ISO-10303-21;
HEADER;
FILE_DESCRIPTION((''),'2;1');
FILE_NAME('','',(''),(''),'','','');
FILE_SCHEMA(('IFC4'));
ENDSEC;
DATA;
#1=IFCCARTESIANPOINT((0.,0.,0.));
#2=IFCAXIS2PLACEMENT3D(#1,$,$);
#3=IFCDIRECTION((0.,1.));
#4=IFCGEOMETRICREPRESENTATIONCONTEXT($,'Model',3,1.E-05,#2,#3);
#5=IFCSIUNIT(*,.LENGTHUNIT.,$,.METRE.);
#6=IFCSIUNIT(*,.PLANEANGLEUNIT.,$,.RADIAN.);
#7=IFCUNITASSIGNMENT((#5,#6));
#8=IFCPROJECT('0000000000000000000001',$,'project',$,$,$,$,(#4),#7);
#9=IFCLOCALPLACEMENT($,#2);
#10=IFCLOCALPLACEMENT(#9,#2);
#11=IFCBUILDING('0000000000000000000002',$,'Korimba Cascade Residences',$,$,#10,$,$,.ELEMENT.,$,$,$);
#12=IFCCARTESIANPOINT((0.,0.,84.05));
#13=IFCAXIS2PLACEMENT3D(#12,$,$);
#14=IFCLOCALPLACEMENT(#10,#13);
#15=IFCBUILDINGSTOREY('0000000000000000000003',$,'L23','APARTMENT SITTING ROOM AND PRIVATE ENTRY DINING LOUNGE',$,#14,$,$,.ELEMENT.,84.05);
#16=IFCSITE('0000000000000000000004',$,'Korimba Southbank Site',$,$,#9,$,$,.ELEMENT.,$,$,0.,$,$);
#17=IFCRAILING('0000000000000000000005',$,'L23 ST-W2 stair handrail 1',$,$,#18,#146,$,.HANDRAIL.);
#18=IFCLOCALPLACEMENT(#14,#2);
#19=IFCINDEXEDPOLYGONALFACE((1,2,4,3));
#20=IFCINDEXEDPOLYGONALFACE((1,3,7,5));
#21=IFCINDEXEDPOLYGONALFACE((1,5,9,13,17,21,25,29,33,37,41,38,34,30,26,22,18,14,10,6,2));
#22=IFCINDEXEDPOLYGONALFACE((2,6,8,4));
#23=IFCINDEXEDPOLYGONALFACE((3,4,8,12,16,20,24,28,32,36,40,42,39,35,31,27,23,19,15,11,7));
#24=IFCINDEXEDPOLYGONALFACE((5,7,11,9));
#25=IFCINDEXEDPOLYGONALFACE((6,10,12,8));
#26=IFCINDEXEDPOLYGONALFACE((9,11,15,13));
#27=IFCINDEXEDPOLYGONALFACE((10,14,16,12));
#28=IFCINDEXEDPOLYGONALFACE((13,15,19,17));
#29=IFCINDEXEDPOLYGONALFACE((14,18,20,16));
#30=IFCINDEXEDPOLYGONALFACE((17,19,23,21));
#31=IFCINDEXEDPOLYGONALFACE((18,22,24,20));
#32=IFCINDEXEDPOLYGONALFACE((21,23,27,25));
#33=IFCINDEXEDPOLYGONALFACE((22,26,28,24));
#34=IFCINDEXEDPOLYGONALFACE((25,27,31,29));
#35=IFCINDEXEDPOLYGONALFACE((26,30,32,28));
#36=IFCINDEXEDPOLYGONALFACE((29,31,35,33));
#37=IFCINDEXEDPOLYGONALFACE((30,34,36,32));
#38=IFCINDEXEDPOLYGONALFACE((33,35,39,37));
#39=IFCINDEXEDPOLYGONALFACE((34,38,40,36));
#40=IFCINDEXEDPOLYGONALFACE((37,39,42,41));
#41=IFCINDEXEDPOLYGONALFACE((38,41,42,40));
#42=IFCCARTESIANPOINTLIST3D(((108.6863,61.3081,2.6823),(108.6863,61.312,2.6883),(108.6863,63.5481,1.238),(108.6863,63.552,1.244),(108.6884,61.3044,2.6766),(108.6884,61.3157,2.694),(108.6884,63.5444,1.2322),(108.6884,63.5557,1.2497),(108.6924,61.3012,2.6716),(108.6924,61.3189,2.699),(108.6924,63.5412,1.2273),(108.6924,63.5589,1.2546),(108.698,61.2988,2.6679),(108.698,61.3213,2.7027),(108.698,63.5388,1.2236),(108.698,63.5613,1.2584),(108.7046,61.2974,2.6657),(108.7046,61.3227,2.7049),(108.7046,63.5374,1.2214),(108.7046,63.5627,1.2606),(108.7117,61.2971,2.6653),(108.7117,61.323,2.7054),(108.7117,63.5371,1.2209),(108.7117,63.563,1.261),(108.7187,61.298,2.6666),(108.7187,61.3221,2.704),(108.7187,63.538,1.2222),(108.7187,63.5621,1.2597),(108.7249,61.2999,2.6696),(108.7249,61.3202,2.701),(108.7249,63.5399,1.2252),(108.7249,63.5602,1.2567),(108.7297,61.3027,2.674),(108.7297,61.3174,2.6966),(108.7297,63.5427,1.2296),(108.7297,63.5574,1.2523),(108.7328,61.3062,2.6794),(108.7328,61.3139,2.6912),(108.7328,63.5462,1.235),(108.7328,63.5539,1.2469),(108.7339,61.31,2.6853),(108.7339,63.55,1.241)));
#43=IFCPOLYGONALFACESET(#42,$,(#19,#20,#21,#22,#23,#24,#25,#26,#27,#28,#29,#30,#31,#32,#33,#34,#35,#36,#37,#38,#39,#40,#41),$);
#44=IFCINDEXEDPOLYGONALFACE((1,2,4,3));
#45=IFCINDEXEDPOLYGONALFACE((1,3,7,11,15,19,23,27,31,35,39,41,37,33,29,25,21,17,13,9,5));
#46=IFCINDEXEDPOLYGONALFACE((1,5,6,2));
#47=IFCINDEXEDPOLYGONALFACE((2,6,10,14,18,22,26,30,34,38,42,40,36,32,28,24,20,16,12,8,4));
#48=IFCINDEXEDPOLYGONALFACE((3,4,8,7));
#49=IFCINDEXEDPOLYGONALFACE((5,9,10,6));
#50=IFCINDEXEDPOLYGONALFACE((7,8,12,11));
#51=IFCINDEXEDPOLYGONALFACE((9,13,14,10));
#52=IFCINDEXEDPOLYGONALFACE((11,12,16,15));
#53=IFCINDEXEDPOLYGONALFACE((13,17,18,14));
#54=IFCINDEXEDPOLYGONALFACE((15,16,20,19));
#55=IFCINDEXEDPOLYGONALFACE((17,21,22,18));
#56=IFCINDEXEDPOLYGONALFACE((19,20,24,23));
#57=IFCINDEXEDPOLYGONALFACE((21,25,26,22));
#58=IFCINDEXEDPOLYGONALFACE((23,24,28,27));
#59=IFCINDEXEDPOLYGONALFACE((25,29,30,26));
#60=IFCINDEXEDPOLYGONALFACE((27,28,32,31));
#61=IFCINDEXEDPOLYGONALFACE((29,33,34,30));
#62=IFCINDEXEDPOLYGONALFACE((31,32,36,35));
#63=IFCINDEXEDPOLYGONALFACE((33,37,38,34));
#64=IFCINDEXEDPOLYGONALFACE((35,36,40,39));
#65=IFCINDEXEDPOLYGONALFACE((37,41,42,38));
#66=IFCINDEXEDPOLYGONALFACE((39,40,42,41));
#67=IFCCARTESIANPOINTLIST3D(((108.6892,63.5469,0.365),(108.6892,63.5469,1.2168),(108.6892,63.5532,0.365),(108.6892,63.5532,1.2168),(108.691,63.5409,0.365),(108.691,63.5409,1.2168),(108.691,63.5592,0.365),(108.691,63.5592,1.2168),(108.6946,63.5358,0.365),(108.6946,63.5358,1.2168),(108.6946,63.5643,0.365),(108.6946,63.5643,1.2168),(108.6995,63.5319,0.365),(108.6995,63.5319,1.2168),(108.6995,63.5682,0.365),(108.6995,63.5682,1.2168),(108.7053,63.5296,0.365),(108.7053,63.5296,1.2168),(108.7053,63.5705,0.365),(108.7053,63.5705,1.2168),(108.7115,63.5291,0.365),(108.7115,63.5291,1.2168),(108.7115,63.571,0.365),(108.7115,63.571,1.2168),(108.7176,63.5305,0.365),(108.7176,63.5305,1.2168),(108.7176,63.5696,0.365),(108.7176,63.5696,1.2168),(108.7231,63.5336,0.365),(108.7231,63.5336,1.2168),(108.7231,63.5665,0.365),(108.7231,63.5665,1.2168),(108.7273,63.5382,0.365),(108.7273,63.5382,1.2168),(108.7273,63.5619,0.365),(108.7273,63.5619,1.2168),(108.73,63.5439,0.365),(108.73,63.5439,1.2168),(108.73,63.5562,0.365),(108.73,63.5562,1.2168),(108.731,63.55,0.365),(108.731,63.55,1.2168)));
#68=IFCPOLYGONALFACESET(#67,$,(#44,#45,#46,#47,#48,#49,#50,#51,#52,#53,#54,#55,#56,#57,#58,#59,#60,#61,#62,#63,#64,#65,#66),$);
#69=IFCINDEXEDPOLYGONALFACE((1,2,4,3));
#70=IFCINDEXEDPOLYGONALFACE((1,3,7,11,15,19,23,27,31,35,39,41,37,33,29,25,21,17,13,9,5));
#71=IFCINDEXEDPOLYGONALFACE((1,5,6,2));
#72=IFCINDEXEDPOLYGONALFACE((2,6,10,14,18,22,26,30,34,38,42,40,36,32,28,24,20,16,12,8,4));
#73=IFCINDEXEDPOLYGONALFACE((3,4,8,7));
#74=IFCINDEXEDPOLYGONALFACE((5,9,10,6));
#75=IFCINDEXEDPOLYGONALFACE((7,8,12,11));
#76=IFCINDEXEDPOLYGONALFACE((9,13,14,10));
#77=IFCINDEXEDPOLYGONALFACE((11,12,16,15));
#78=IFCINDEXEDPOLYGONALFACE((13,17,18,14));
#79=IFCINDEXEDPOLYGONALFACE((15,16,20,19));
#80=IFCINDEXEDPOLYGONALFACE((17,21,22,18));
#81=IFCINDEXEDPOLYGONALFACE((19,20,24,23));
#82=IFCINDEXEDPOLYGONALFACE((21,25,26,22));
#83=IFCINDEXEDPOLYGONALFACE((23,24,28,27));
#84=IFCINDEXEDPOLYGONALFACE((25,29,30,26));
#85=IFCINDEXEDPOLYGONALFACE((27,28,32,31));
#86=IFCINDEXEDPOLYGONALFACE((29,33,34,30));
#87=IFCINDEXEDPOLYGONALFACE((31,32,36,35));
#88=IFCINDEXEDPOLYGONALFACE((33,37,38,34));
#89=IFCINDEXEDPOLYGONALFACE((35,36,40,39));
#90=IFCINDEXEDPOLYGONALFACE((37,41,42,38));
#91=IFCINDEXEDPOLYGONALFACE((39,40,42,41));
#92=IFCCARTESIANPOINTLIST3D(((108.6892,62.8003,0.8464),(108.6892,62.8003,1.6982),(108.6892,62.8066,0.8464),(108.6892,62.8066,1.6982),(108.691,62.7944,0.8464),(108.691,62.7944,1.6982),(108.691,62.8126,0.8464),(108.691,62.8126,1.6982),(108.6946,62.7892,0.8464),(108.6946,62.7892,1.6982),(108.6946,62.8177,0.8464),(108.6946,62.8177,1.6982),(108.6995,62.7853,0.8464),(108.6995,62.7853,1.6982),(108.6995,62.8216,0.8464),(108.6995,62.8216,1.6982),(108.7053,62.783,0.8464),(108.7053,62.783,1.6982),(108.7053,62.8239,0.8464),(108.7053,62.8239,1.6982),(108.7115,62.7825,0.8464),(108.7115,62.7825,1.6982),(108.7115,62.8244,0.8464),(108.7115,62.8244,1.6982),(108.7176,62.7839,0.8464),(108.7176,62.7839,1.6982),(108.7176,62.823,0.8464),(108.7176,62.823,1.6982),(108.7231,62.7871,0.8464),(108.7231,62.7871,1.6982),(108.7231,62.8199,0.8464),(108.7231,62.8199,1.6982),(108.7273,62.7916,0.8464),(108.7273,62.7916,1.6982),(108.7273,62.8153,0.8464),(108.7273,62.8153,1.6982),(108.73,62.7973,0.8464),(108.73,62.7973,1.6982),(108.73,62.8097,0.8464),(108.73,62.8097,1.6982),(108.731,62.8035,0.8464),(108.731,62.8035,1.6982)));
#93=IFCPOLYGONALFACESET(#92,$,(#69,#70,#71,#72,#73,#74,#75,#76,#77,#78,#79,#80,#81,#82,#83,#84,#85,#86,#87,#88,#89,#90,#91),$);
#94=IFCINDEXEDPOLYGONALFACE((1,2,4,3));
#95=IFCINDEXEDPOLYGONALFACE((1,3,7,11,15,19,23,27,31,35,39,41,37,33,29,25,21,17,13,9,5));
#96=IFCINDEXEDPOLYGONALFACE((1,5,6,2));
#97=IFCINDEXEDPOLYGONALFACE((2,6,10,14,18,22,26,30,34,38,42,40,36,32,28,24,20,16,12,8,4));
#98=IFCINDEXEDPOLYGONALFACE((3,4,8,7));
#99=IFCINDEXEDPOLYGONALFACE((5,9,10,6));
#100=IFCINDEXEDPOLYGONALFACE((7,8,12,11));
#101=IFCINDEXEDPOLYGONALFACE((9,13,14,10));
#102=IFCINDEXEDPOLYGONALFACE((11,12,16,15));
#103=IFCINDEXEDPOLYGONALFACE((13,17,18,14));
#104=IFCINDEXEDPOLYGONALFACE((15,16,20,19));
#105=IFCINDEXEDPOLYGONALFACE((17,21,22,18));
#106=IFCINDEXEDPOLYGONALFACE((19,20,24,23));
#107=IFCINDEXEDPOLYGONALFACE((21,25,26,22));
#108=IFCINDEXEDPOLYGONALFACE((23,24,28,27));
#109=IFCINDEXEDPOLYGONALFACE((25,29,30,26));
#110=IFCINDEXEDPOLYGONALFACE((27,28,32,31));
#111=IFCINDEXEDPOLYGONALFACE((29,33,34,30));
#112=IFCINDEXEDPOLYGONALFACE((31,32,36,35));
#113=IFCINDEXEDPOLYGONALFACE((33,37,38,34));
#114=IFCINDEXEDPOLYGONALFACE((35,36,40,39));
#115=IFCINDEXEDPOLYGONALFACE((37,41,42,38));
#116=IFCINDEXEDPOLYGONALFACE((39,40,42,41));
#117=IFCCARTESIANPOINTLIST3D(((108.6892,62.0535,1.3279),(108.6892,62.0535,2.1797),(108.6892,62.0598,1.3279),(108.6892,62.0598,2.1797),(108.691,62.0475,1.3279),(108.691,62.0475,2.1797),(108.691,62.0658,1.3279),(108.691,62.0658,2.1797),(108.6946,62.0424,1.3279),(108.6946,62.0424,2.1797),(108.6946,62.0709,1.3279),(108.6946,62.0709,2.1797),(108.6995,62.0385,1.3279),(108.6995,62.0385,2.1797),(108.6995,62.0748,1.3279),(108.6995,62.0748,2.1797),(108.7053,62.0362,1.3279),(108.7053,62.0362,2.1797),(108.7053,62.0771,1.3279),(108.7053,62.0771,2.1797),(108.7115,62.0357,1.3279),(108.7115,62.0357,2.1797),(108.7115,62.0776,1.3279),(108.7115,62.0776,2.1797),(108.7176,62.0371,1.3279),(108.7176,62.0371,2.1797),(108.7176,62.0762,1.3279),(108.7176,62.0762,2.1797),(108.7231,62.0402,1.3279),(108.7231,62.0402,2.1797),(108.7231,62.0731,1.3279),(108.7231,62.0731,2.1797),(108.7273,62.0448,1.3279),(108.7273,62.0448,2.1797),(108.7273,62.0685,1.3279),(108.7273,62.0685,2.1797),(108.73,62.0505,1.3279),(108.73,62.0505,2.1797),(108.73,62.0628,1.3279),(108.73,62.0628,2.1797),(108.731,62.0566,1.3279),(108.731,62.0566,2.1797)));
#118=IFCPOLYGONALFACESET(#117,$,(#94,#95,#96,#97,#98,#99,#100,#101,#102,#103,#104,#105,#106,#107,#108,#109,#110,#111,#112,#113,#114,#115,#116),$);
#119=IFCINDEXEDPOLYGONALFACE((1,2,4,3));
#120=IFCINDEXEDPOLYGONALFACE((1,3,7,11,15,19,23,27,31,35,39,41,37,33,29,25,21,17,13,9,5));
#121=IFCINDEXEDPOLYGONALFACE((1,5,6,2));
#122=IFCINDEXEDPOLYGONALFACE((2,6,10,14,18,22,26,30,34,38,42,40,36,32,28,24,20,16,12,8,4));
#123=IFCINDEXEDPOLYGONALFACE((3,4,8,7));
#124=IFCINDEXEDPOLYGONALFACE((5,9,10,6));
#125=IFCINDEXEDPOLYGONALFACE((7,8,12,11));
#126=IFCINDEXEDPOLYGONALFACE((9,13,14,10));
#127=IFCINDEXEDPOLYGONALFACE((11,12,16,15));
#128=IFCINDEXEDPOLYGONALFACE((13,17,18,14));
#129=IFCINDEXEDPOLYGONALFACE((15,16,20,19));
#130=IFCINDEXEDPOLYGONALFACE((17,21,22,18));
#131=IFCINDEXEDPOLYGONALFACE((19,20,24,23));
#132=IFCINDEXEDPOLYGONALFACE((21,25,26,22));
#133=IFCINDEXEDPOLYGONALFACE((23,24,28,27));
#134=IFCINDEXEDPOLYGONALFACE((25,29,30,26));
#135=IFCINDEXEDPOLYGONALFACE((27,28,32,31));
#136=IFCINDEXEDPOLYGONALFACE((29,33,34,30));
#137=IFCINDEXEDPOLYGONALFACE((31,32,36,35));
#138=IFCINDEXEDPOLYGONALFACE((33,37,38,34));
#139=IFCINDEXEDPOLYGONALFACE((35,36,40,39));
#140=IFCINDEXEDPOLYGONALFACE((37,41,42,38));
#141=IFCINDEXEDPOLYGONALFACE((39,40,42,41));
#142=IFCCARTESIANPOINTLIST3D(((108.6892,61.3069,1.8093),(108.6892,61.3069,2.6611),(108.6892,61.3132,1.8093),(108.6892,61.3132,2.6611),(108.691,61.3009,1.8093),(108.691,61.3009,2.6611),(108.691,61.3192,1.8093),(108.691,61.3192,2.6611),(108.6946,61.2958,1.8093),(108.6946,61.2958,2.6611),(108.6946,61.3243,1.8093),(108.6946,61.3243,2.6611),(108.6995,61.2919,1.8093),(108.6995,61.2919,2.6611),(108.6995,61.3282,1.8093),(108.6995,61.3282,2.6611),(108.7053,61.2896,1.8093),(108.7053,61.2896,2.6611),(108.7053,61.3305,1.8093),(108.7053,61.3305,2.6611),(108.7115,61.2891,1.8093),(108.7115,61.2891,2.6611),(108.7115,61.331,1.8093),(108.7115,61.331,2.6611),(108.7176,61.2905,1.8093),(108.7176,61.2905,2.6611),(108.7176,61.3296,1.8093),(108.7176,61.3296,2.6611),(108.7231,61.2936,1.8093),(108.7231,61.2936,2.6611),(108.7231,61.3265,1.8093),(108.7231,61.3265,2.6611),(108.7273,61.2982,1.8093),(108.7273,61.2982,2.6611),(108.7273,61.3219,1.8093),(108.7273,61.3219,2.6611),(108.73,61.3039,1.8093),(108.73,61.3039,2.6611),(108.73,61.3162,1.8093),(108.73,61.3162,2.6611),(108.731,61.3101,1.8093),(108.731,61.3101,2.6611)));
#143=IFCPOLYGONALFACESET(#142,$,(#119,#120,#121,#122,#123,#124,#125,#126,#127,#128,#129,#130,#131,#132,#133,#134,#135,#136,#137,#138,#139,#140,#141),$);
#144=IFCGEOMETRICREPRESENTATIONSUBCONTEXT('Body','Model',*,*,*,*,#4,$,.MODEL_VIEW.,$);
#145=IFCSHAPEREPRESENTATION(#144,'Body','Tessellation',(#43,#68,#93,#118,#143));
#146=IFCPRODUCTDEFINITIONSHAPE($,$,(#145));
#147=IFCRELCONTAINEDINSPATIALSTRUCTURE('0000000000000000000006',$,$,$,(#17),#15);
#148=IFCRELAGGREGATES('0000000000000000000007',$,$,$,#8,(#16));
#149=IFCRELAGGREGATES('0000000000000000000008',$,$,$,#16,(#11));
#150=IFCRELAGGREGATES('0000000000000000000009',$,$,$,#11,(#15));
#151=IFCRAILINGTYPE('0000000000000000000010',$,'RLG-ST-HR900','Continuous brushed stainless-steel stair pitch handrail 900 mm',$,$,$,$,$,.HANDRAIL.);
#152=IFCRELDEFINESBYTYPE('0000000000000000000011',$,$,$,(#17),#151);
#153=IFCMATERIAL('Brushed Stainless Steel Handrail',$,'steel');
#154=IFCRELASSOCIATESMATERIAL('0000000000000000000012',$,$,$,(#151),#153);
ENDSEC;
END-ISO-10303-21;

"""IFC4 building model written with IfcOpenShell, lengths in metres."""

from ifc_helpers import new_model, si_unit, direction, frame, origin, origin_2d, place, context, subcontext, project, spatial, circle, extrude, material, type_object, element, save


model = new_model("IFC4")

# Units and contexts
model_context = context("Model", 3, precision=1e-05, world=origin(), true_north=direction((0.0, 1.0)))
body_context = subcontext(model_context, "Body", "Model", "MODEL_VIEW")
ifc_project = project(units=[si_unit("LENGTHUNIT", "METRE"), si_unit("PLANEANGLEUNIT", "RADIAN")], contexts=[model_context])

# Site, building, storey
site_placement = place(None, origin())
site = spatial("IfcSite", under=ifc_project, at=site_placement, Name="Korimba Southbank Site", CompositionType="ELEMENT", RefElevation=0.0)
building_placement = place(site_placement, origin())
building = spatial("IfcBuilding", under=site, at=building_placement, Name="Korimba Cascade Residences", CompositionType="ELEMENT")
storey_placement = place(building_placement, frame((0.0, 0.0, 84.05)))
storey = spatial("IfcBuildingStorey", under=building, at=storey_placement, Name="L23", Description="APARTMENT SITTING ROOM AND PRIVATE ENTRY DINING LOUNGE", CompositionType="ELEMENT", Elevation=84.05)

# Railing
ifc_material_1 = material(Name="Brushed Stainless Steel Handrail", Category="steel")
railing_type_1 = type_object("IfcRailingType", Name="RLG-ST-HR900", Description="Continuous brushed stainless-steel stair pitch handrail 900 mm", PredefinedType="HANDRAIL", material=ifc_material_1)
railing_1_placement = place(storey_placement, frame((108.71, 63.55, 0.365)))
element("IfcRailing", 1, at=railing_1_placement, inside=storey, type_object=railing_type_1, Name="L23 ST-W2 stair handrail 1", PredefinedType="HANDRAIL", context=body_context, shape_type="SweptSolid", body=[
    extrude(circle(Radius=0.0239, at=origin_2d()), frame((0.0, 0.0, 0.876), z_axis=(0.0, -0.840437, 0.54191), x_axis=(1.0, 0.0, 0.0)), (0.0, 0.0, 1.0), 2.6653),
    extrude(circle(Radius=0.021, at=origin_2d()), origin(), (0.0, 0.0, 1.0), 0.8518),
    extrude(circle(Radius=0.021, at=origin_2d()), frame((0.0, -0.7466, 0.4814)), (0.0, 0.0, 1.0), 0.8518),
    extrude(circle(Radius=0.021, at=origin_2d()), frame((0.0, -1.4934, 0.9629)), (0.0, 0.0, 1.0), 0.8518),
    extrude(circle(Radius=0.021, at=origin_2d()), frame((0.0, -2.24, 1.4443)), (0.0, 0.0, 1.0), 0.8518),
])

save(model, "model.ifc")
